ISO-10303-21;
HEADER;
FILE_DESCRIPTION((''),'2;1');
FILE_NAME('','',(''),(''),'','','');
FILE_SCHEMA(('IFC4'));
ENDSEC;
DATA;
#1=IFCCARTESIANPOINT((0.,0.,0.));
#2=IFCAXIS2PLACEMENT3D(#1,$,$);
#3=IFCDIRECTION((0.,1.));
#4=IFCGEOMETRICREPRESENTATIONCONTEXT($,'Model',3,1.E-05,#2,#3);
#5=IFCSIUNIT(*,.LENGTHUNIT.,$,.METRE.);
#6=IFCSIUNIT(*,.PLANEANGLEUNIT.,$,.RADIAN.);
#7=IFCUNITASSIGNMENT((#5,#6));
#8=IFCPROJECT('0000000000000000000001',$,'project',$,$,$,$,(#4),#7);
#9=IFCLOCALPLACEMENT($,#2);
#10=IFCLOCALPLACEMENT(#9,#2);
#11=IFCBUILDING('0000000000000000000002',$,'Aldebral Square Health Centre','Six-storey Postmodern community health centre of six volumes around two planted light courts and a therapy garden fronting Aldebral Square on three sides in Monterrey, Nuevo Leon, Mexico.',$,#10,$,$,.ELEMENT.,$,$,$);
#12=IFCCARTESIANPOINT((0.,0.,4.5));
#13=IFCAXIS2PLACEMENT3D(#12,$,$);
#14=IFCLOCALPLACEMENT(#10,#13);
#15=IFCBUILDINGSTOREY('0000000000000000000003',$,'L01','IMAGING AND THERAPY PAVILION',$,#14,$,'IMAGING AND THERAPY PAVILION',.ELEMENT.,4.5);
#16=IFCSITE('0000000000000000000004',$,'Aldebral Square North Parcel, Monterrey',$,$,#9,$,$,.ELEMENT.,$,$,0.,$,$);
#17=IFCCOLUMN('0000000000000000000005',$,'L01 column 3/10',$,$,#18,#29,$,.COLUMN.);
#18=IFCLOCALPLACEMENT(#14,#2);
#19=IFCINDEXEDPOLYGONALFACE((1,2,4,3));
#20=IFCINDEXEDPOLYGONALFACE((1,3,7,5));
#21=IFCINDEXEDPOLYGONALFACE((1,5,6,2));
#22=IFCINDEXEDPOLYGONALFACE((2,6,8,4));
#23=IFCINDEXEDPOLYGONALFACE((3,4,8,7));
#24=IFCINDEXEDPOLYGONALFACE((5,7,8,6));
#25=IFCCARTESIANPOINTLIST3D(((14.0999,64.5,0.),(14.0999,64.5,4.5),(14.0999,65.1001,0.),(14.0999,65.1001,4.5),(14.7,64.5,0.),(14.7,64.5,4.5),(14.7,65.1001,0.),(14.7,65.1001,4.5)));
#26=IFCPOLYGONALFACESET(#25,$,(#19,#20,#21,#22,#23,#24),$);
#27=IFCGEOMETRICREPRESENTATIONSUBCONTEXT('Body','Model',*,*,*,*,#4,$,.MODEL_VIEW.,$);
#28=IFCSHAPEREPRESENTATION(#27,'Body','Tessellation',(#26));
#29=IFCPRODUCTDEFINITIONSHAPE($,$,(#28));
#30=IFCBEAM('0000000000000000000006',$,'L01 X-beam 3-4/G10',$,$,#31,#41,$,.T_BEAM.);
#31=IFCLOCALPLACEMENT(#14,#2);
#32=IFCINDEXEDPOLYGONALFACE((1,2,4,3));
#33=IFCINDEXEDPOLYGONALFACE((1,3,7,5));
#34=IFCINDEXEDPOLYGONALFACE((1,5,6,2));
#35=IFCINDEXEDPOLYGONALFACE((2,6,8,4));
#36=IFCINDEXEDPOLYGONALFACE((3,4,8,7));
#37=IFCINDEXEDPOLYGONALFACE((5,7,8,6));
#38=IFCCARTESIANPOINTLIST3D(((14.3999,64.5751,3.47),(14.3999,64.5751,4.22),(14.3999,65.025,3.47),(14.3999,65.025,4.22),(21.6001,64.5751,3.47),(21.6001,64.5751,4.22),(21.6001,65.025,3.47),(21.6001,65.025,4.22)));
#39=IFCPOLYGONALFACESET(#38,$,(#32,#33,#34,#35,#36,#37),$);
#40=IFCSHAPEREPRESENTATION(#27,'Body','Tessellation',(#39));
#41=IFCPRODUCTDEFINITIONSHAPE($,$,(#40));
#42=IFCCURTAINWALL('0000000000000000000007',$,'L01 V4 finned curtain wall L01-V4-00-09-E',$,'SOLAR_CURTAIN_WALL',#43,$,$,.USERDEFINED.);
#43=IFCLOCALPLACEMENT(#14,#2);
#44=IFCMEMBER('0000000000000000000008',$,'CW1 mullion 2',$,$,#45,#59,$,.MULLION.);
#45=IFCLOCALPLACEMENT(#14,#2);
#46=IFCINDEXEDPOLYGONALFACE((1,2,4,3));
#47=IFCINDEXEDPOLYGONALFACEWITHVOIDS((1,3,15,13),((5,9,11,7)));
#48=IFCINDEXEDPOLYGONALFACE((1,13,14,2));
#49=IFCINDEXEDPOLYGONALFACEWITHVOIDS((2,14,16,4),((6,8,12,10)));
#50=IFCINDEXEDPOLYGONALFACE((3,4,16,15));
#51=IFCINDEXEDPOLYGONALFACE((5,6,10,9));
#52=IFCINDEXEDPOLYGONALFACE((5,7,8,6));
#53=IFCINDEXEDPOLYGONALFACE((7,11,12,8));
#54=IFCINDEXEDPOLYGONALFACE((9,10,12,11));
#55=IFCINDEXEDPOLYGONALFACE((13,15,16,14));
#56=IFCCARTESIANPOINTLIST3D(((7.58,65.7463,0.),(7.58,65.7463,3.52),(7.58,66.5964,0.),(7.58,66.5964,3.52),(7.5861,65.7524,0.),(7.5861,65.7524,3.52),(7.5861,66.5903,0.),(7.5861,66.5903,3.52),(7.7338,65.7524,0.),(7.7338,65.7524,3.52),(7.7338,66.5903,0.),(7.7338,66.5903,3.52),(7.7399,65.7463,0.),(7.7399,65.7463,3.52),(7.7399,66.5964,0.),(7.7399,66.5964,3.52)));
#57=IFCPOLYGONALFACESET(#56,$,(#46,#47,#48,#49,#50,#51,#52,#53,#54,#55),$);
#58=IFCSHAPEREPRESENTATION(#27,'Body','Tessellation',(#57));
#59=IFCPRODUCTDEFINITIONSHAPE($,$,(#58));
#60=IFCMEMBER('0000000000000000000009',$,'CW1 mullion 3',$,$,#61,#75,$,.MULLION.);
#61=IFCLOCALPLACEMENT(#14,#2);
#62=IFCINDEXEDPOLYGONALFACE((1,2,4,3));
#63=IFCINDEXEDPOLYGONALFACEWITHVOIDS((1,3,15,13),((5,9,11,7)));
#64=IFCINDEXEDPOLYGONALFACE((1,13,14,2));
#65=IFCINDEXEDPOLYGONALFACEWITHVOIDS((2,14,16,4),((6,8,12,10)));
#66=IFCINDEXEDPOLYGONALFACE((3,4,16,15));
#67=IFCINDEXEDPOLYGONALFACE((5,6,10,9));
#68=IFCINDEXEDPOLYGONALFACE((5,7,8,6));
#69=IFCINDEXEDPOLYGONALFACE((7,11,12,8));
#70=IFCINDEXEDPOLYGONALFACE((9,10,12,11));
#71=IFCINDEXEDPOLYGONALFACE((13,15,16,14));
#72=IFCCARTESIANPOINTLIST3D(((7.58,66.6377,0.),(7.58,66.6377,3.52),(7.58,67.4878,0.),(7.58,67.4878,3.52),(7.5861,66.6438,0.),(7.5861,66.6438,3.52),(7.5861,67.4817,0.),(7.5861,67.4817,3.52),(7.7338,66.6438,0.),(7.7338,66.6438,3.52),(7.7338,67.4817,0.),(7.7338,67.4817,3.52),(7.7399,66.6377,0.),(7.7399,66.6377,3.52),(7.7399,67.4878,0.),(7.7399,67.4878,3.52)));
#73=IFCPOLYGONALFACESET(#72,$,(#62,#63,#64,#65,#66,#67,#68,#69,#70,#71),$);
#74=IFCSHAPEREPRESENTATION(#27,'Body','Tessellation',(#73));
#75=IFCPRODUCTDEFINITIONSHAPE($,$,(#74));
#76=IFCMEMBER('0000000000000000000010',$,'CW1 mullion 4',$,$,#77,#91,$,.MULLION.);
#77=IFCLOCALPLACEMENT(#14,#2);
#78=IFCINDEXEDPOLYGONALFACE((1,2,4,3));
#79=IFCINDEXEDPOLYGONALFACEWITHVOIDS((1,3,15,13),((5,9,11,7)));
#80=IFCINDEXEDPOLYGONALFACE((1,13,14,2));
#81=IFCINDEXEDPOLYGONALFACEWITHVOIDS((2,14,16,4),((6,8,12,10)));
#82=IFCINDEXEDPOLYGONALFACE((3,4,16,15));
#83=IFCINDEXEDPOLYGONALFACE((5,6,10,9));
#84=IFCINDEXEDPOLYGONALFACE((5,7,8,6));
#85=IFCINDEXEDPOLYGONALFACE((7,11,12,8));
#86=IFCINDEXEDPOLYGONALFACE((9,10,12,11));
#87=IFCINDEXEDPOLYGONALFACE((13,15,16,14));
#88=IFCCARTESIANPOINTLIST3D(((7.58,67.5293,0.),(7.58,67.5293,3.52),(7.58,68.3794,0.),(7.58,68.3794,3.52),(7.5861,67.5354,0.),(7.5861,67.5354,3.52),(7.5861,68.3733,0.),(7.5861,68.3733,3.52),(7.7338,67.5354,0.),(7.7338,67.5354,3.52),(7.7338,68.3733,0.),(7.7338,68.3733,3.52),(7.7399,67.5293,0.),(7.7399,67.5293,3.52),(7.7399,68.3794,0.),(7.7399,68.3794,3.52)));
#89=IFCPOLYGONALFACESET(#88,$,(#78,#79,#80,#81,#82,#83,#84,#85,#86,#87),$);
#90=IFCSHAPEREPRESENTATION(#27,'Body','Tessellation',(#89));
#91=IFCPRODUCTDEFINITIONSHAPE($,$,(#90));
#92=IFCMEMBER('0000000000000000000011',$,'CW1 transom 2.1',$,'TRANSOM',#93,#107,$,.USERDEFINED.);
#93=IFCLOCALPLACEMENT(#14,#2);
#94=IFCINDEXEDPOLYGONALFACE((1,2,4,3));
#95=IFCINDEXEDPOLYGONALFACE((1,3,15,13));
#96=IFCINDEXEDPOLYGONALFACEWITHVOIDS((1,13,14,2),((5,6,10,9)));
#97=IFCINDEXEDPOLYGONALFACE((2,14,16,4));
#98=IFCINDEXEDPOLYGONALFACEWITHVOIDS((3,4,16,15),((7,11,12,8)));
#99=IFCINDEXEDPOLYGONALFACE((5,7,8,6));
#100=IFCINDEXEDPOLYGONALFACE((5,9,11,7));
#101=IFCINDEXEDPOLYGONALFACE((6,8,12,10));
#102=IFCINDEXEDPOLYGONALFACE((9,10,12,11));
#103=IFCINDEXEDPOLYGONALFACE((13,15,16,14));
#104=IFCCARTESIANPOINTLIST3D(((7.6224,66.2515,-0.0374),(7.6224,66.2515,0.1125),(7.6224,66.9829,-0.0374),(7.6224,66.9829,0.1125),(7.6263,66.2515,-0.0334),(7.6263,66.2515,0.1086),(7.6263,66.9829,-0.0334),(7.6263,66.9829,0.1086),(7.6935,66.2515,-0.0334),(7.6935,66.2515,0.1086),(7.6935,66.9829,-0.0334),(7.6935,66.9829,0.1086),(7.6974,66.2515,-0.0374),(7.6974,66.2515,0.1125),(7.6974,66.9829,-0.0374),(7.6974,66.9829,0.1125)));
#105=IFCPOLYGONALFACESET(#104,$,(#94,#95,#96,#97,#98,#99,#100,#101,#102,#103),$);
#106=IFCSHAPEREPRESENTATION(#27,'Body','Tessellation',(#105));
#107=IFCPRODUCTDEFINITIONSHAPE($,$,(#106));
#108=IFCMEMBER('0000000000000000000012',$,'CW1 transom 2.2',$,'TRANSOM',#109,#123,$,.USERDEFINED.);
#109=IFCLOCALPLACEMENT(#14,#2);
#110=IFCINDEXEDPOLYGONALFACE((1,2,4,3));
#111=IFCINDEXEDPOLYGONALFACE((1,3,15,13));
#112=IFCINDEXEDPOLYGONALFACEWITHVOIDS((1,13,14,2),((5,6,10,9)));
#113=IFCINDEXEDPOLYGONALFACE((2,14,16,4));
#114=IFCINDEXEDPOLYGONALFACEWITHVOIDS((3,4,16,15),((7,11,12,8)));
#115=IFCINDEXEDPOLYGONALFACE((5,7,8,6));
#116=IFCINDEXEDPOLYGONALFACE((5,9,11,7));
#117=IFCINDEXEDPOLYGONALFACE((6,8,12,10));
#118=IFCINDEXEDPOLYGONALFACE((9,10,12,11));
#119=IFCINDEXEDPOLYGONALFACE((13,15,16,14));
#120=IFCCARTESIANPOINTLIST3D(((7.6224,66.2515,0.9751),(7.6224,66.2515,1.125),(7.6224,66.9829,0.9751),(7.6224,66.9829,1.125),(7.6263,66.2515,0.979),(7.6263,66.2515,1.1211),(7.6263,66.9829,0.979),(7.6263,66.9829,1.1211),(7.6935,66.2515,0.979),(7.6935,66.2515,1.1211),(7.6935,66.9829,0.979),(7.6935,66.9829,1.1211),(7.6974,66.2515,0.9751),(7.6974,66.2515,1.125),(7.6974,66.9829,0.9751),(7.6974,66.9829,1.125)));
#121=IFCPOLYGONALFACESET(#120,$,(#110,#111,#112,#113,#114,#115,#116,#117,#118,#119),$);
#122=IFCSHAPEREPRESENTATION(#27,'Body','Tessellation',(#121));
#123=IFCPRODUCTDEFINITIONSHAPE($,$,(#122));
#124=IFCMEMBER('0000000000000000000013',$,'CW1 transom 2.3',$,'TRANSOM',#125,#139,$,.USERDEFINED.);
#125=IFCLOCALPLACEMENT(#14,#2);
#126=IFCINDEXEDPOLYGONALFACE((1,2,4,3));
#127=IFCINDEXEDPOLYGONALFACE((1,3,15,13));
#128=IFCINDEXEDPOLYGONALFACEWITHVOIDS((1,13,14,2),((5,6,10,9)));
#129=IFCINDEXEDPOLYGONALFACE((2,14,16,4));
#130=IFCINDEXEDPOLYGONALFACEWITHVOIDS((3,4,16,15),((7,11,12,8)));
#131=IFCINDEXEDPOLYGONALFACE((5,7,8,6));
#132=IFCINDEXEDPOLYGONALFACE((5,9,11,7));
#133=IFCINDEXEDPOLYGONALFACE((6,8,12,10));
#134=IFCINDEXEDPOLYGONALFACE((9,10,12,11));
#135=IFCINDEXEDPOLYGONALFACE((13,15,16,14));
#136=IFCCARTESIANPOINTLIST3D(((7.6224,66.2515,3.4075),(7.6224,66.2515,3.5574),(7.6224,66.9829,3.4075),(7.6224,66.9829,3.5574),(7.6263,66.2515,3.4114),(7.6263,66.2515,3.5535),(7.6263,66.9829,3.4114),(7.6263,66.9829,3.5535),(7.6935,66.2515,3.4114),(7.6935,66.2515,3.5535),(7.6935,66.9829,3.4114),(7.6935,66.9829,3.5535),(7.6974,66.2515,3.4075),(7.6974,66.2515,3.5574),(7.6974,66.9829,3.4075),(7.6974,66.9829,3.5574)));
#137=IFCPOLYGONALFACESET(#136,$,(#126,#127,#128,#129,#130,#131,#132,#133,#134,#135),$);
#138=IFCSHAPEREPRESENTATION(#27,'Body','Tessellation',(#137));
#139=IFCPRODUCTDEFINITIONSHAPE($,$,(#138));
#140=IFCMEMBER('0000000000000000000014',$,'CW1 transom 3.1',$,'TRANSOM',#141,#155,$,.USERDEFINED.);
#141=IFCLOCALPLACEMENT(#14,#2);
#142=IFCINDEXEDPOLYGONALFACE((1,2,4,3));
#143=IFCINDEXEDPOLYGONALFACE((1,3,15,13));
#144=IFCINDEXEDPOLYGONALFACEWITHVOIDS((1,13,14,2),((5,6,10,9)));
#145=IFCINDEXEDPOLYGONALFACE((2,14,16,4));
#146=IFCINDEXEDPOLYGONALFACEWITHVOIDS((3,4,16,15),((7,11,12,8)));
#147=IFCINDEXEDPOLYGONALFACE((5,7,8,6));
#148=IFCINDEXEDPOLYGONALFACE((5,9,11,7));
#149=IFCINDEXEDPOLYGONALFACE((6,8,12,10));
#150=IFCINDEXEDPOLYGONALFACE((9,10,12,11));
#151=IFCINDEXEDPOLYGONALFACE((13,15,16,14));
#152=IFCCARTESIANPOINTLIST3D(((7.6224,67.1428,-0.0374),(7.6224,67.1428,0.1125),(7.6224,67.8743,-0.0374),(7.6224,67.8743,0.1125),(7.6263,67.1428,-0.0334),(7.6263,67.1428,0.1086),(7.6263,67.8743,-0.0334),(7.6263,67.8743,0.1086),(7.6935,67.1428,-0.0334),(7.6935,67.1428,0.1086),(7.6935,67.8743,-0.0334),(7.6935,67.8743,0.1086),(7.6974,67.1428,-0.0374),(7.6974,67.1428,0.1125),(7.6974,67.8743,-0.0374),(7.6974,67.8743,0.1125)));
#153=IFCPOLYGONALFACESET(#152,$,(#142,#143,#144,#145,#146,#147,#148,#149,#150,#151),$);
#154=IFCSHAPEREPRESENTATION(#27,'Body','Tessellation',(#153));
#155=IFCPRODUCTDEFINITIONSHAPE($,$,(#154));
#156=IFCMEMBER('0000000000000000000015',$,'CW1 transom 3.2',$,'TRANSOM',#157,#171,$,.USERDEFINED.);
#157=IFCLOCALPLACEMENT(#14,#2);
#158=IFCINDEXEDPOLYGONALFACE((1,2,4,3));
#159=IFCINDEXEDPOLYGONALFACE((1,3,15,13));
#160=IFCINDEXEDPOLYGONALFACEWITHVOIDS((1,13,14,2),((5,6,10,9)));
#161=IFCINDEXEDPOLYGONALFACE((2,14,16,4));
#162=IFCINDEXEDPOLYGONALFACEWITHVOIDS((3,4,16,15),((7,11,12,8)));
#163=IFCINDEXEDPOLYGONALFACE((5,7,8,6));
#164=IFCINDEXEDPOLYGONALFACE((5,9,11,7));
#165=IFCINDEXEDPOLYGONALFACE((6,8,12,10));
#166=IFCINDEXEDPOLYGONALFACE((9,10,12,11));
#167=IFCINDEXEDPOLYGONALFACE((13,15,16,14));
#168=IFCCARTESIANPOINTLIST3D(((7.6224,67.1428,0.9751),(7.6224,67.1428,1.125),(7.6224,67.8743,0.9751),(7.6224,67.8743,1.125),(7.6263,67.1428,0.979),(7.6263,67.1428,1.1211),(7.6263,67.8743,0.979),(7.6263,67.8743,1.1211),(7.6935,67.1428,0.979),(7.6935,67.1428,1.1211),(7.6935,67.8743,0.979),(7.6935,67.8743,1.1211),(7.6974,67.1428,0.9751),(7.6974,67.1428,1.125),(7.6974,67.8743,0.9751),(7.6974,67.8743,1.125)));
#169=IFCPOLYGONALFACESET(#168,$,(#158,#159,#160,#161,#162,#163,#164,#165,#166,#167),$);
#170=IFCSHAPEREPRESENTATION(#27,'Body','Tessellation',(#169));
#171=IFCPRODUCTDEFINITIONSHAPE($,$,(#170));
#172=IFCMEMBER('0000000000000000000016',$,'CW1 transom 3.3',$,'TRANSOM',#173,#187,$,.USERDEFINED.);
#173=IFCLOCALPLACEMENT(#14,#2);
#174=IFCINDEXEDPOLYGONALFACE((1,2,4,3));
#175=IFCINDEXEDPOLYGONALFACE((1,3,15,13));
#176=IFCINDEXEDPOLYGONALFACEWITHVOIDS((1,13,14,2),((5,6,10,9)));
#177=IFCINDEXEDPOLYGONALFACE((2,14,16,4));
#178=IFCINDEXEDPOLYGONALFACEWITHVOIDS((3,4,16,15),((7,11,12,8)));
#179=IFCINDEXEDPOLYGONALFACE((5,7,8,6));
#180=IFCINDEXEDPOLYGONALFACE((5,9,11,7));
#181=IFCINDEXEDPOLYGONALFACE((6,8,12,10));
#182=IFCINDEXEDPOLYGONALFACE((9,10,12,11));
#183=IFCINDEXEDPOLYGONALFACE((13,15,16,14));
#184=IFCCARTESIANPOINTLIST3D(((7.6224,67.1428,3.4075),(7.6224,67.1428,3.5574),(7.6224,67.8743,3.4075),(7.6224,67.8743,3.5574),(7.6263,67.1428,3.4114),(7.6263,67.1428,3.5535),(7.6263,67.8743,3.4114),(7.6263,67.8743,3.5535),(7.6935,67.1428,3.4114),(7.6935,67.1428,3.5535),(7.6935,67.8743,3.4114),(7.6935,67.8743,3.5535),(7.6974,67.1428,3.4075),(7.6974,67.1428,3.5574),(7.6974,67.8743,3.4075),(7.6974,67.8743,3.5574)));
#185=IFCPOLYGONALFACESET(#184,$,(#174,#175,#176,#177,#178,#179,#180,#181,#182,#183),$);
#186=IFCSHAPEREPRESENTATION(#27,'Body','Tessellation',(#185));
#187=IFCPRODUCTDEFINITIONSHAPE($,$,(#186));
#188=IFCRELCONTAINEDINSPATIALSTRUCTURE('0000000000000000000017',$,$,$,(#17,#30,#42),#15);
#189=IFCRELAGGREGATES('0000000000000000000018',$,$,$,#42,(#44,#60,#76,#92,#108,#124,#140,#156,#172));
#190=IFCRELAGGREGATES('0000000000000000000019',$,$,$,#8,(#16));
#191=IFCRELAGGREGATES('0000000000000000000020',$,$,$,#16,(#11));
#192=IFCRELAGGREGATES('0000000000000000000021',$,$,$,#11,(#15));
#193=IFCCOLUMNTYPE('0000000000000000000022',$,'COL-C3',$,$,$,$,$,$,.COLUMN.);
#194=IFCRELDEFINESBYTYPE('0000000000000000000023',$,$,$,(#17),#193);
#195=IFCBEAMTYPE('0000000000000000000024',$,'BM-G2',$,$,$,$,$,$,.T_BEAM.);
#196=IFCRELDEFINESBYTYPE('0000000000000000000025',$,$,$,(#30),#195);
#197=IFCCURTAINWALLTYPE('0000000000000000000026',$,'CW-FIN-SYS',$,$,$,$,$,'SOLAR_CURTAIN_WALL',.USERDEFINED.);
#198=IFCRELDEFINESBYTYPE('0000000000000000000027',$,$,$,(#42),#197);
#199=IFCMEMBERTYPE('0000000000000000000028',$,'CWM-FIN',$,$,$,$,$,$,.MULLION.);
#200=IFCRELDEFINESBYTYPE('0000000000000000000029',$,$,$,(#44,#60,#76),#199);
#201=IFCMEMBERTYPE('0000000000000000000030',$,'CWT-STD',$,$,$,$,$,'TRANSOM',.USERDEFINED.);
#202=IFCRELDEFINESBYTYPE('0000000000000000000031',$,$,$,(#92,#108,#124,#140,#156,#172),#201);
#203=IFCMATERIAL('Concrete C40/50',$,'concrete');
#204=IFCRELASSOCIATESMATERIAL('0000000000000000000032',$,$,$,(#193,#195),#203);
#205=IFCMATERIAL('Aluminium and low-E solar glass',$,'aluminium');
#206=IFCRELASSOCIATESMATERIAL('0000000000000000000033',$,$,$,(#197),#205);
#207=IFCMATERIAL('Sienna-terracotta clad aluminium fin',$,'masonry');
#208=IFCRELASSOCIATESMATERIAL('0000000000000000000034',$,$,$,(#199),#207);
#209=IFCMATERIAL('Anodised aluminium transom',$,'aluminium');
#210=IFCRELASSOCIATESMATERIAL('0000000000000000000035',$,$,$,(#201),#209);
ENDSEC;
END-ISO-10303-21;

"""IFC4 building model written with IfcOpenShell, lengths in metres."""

from ifc_helpers import new_model, si_unit, direction, frame, origin, origin_2d, place, context, subcontext, project, spatial, rectangle, hollow_rectangle, extrude, material, material_profile, profile_set, type_object, element, aggregate, save


model = new_model("IFC4")

# Units and contexts
model_context = context("Model", 3, precision=1e-05, world=origin(), true_north=direction((0.0, 1.0)))
body_context = subcontext(model_context, "Body", "Model", "MODEL_VIEW")
ifc_project = project(units=[si_unit("LENGTHUNIT", "METRE"), si_unit("PLANEANGLEUNIT", "RADIAN")], contexts=[model_context])

# Site, building, storey
site_placement = place(None, origin())
site = spatial("IfcSite", under=ifc_project, at=site_placement, Name="Aldebral Square North Parcel, Monterrey", CompositionType="ELEMENT", RefElevation=0.0)
building_placement = place(site_placement, origin())
building = spatial("IfcBuilding", under=site, at=building_placement, Name="Aldebral Square Health Centre", Description="Six-storey Postmodern community health centre of six volumes around two planted light courts and a therapy garden fronting Aldebral Square on three sides in Monterrey, Nuevo Leon, Mexico.", CompositionType="ELEMENT")
storey_placement = place(building_placement, frame((0.0, 0.0, 4.5)))
storey = spatial("IfcBuildingStorey", under=building, at=storey_placement, Name="L01", Description="IMAGING AND THERAPY PAVILION", LongName="IMAGING AND THERAPY PAVILION", CompositionType="ELEMENT", Elevation=4.5)

# Column
ifc_material_1 = material(Name="Concrete C40/50", Category="concrete")
ifc_material_profile_1 = material_profile(ifc_material_1, rectangle(XDim=0.6001, YDim=0.6001, at=origin_2d()), Name="RC 600x600")
ifc_profile_set_1 = profile_set([ifc_material_profile_1], Name="Concrete C40/50")
column_type = type_object("IfcColumnType", Name="COL-C3", PredefinedType="COLUMN", material=ifc_profile_set_1)
column_placement = place(storey_placement, frame((14.3999, 64.8, 0.0), z_axis=(0.0, 0.0, 1.0), x_axis=(1.0, 0.0, 0.0)))
element("IfcColumn", 1, at=column_placement, inside=storey, type_object=column_type, Name="L01 column 3/10", PredefinedType="COLUMN", context=body_context, shape_type="SweptSolid", body=[
    extrude(rectangle(XDim=0.6001, YDim=0.6001, at=origin_2d()), origin(), (0.0, 0.0, 1.0), 4.5),
])

# Beam
ifc_material_profile_2 = material_profile(ifc_material_1, rectangle(XDim=0.45, YDim=0.75, at=origin_2d()), Name="RC 450x750")
ifc_profile_set_2 = profile_set([ifc_material_profile_2], Name="Concrete C40/50")
beam_type = type_object("IfcBeamType", Name="BM-G2", PredefinedType="T_BEAM", material=ifc_profile_set_2)
beam_placement = place(storey_placement, frame((14.3999, 64.8, 3.845), z_axis=(1.0, 0.0, 0.0), x_axis=(0.0, 1.0, 0.0)))
element("IfcBeam", 2, at=beam_placement, inside=storey, type_object=beam_type, Name="L01 X-beam 3-4/G10", PredefinedType="T_BEAM", context=body_context, shape_type="SweptSolid", body=[
    extrude(rectangle(XDim=0.45, YDim=0.75, at=origin_2d()), origin(), (0.0, 0.0, 1.0), 7.2002),
])

# Curtain wall, members
ifc_material_2 = material(Name="Aluminium and low-E solar glass", Category="aluminium")
curtain_wall_type = type_object("IfcCurtainWallType", Name="CW-FIN-SYS", ElementType="SOLAR_CURTAIN_WALL", PredefinedType="USERDEFINED", material=ifc_material_2)
curtain_wall_placement = place(storey_placement, origin())
curtain_wall = element("IfcCurtainWall", 3, at=curtain_wall_placement, inside=storey, type_object=curtain_wall_type, Name="L01 V4 finned curtain wall L01-V4-00-09-E", ObjectType="SOLAR_CURTAIN_WALL", PredefinedType="USERDEFINED")
ifc_material_3 = material(Name="Sienna-terracotta clad aluminium fin", Category="masonry")
ifc_material_profile_3 = material_profile(ifc_material_3, hollow_rectangle(XDim=0.1599, YDim=0.8501, WallThickness=0.0061, at=origin_2d()), Name="FIN 160x850x6")
ifc_profile_set_3 = profile_set([ifc_material_profile_3], Name="Sienna-terracotta clad aluminium fin")
member_type_1 = type_object("IfcMemberType", Name="CWM-FIN", PredefinedType="MULLION", material=ifc_profile_set_3)
member_1_placement = place(storey_placement, frame((7.6599, 66.1714, 0.0), z_axis=(0.0, 0.0, 1.0), x_axis=(-1.0, 0.0, 0.0)))
member_1 = element("IfcMember", 4, at=member_1_placement, type_object=member_type_1, Name="CW1 mullion 2", PredefinedType="MULLION", context=body_context, shape_type="SweptSolid", body=[
    extrude(hollow_rectangle(XDim=0.1599, YDim=0.8501, WallThickness=0.0061, at=origin_2d()), origin(), (0.0, 0.0, 1.0), 3.52),
])
member_2_placement = place(storey_placement, frame((7.6599, 67.0627, 0.0), z_axis=(0.0, 0.0, 1.0), x_axis=(-1.0, 0.0, 0.0)))
member_2 = element("IfcMember", 5, at=member_2_placement, type_object=member_type_1, Name="CW1 mullion 3", PredefinedType="MULLION", context=body_context, shape_type="SweptSolid", body=[
    extrude(hollow_rectangle(XDim=0.1599, YDim=0.8501, WallThickness=0.0061, at=origin_2d()), origin(), (0.0, 0.0, 1.0), 3.52),
])
member_3_placement = place(storey_placement, frame((7.6599, 67.9543, 0.0), z_axis=(0.0, 0.0, 1.0), x_axis=(-1.0, 0.0, 0.0)))
member_3 = element("IfcMember", 6, at=member_3_placement, type_object=member_type_1, Name="CW1 mullion 4", PredefinedType="MULLION", context=body_context, shape_type="SweptSolid", body=[
    extrude(hollow_rectangle(XDim=0.1599, YDim=0.8501, WallThickness=0.0061, at=origin_2d()), origin(), (0.0, 0.0, 1.0), 3.52),
])
ifc_material_4 = material(Name="Anodised aluminium transom", Category="aluminium")
ifc_material_profile_4 = material_profile(ifc_material_4, hollow_rectangle(XDim=0.075, YDim=0.1499, WallThickness=0.0039, at=origin_2d()), Name="CWT 75x150x4")
ifc_profile_set_4 = profile_set([ifc_material_profile_4], Name="Anodised aluminium transom")
member_type_2 = type_object("IfcMemberType", Name="CWT-STD", ElementType="TRANSOM", PredefinedType="USERDEFINED", material=ifc_profile_set_4)
member_4_placement = place(storey_placement, frame((7.6599, 66.2515, 0.0376), z_axis=(0.0, 1.0, 0.0), x_axis=(-1.0, 0.0, 0.0)))
member_4 = element("IfcMember", 7, at=member_4_placement, type_object=member_type_2, Name="CW1 transom 2.1", ObjectType="TRANSOM", PredefinedType="USERDEFINED", context=body_context, shape_type="SweptSolid", body=[
    extrude(hollow_rectangle(XDim=0.075, YDim=0.1499, WallThickness=0.0039, at=origin_2d()), origin(), (0.0, 0.0, 1.0), 0.7314),
])
member_5_placement = place(storey_placement, frame((7.6599, 66.2515, 1.05), z_axis=(0.0, 1.0, 0.0), x_axis=(-1.0, 0.0, 0.0)))
member_5 = element("IfcMember", 8, at=member_5_placement, type_object=member_type_2, Name="CW1 transom 2.2", ObjectType="TRANSOM", PredefinedType="USERDEFINED", context=body_context, shape_type="SweptSolid", body=[
    extrude(hollow_rectangle(XDim=0.075, YDim=0.1499, WallThickness=0.0039, at=origin_2d()), origin(), (0.0, 0.0, 1.0), 0.7314),
])
member_6_placement = place(storey_placement, frame((7.6599, 66.2515, 3.4824), z_axis=(0.0, 1.0, 0.0), x_axis=(-1.0, 0.0, 0.0)))
member_6 = element("IfcMember", 9, at=member_6_placement, type_object=member_type_2, Name="CW1 transom 2.3", ObjectType="TRANSOM", PredefinedType="USERDEFINED", context=body_context, shape_type="SweptSolid", body=[
    extrude(hollow_rectangle(XDim=0.075, YDim=0.1499, WallThickness=0.0039, at=origin_2d()), origin(), (0.0, 0.0, 1.0), 0.7314),
])
member_7_placement = place(storey_placement, frame((7.6599, 67.1428, 0.0376), z_axis=(0.0, 1.0, 0.0), x_axis=(-1.0, 0.0, 0.0)))
member_7 = element("IfcMember", 10, at=member_7_placement, type_object=member_type_2, Name="CW1 transom 3.1", ObjectType="TRANSOM", PredefinedType="USERDEFINED", context=body_context, shape_type="SweptSolid", body=[
    extrude(hollow_rectangle(XDim=0.075, YDim=0.1499, WallThickness=0.0039, at=origin_2d()), origin(), (0.0, 0.0, 1.0), 0.7314),
])
member_8_placement = place(storey_placement, frame((7.6599, 67.1428, 1.05), z_axis=(0.0, 1.0, 0.0), x_axis=(-1.0, 0.0, 0.0)))
member_8 = element("IfcMember", 11, at=member_8_placement, type_object=member_type_2, Name="CW1 transom 3.2", ObjectType="TRANSOM", PredefinedType="USERDEFINED", context=body_context, shape_type="SweptSolid", body=[
    extrude(hollow_rectangle(XDim=0.075, YDim=0.1499, WallThickness=0.0039, at=origin_2d()), origin(), (0.0, 0.0, 1.0), 0.7314),
])
member_9_placement = place(storey_placement, frame((7.6599, 67.1428, 3.4824), z_axis=(0.0, 1.0, 0.0), x_axis=(-1.0, 0.0, 0.0)))
member_9 = element("IfcMember", 12, at=member_9_placement, type_object=member_type_2, Name="CW1 transom 3.3", ObjectType="TRANSOM", PredefinedType="USERDEFINED", context=body_context, shape_type="SweptSolid", body=[
    extrude(hollow_rectangle(XDim=0.075, YDim=0.1499, WallThickness=0.0039, at=origin_2d()), origin(), (0.0, 0.0, 1.0), 0.7314),
])
aggregate(curtain_wall, [member_1, member_2, member_3, member_4, member_5, member_6, member_7, member_8, member_9])

save(model, "model.ifc")
